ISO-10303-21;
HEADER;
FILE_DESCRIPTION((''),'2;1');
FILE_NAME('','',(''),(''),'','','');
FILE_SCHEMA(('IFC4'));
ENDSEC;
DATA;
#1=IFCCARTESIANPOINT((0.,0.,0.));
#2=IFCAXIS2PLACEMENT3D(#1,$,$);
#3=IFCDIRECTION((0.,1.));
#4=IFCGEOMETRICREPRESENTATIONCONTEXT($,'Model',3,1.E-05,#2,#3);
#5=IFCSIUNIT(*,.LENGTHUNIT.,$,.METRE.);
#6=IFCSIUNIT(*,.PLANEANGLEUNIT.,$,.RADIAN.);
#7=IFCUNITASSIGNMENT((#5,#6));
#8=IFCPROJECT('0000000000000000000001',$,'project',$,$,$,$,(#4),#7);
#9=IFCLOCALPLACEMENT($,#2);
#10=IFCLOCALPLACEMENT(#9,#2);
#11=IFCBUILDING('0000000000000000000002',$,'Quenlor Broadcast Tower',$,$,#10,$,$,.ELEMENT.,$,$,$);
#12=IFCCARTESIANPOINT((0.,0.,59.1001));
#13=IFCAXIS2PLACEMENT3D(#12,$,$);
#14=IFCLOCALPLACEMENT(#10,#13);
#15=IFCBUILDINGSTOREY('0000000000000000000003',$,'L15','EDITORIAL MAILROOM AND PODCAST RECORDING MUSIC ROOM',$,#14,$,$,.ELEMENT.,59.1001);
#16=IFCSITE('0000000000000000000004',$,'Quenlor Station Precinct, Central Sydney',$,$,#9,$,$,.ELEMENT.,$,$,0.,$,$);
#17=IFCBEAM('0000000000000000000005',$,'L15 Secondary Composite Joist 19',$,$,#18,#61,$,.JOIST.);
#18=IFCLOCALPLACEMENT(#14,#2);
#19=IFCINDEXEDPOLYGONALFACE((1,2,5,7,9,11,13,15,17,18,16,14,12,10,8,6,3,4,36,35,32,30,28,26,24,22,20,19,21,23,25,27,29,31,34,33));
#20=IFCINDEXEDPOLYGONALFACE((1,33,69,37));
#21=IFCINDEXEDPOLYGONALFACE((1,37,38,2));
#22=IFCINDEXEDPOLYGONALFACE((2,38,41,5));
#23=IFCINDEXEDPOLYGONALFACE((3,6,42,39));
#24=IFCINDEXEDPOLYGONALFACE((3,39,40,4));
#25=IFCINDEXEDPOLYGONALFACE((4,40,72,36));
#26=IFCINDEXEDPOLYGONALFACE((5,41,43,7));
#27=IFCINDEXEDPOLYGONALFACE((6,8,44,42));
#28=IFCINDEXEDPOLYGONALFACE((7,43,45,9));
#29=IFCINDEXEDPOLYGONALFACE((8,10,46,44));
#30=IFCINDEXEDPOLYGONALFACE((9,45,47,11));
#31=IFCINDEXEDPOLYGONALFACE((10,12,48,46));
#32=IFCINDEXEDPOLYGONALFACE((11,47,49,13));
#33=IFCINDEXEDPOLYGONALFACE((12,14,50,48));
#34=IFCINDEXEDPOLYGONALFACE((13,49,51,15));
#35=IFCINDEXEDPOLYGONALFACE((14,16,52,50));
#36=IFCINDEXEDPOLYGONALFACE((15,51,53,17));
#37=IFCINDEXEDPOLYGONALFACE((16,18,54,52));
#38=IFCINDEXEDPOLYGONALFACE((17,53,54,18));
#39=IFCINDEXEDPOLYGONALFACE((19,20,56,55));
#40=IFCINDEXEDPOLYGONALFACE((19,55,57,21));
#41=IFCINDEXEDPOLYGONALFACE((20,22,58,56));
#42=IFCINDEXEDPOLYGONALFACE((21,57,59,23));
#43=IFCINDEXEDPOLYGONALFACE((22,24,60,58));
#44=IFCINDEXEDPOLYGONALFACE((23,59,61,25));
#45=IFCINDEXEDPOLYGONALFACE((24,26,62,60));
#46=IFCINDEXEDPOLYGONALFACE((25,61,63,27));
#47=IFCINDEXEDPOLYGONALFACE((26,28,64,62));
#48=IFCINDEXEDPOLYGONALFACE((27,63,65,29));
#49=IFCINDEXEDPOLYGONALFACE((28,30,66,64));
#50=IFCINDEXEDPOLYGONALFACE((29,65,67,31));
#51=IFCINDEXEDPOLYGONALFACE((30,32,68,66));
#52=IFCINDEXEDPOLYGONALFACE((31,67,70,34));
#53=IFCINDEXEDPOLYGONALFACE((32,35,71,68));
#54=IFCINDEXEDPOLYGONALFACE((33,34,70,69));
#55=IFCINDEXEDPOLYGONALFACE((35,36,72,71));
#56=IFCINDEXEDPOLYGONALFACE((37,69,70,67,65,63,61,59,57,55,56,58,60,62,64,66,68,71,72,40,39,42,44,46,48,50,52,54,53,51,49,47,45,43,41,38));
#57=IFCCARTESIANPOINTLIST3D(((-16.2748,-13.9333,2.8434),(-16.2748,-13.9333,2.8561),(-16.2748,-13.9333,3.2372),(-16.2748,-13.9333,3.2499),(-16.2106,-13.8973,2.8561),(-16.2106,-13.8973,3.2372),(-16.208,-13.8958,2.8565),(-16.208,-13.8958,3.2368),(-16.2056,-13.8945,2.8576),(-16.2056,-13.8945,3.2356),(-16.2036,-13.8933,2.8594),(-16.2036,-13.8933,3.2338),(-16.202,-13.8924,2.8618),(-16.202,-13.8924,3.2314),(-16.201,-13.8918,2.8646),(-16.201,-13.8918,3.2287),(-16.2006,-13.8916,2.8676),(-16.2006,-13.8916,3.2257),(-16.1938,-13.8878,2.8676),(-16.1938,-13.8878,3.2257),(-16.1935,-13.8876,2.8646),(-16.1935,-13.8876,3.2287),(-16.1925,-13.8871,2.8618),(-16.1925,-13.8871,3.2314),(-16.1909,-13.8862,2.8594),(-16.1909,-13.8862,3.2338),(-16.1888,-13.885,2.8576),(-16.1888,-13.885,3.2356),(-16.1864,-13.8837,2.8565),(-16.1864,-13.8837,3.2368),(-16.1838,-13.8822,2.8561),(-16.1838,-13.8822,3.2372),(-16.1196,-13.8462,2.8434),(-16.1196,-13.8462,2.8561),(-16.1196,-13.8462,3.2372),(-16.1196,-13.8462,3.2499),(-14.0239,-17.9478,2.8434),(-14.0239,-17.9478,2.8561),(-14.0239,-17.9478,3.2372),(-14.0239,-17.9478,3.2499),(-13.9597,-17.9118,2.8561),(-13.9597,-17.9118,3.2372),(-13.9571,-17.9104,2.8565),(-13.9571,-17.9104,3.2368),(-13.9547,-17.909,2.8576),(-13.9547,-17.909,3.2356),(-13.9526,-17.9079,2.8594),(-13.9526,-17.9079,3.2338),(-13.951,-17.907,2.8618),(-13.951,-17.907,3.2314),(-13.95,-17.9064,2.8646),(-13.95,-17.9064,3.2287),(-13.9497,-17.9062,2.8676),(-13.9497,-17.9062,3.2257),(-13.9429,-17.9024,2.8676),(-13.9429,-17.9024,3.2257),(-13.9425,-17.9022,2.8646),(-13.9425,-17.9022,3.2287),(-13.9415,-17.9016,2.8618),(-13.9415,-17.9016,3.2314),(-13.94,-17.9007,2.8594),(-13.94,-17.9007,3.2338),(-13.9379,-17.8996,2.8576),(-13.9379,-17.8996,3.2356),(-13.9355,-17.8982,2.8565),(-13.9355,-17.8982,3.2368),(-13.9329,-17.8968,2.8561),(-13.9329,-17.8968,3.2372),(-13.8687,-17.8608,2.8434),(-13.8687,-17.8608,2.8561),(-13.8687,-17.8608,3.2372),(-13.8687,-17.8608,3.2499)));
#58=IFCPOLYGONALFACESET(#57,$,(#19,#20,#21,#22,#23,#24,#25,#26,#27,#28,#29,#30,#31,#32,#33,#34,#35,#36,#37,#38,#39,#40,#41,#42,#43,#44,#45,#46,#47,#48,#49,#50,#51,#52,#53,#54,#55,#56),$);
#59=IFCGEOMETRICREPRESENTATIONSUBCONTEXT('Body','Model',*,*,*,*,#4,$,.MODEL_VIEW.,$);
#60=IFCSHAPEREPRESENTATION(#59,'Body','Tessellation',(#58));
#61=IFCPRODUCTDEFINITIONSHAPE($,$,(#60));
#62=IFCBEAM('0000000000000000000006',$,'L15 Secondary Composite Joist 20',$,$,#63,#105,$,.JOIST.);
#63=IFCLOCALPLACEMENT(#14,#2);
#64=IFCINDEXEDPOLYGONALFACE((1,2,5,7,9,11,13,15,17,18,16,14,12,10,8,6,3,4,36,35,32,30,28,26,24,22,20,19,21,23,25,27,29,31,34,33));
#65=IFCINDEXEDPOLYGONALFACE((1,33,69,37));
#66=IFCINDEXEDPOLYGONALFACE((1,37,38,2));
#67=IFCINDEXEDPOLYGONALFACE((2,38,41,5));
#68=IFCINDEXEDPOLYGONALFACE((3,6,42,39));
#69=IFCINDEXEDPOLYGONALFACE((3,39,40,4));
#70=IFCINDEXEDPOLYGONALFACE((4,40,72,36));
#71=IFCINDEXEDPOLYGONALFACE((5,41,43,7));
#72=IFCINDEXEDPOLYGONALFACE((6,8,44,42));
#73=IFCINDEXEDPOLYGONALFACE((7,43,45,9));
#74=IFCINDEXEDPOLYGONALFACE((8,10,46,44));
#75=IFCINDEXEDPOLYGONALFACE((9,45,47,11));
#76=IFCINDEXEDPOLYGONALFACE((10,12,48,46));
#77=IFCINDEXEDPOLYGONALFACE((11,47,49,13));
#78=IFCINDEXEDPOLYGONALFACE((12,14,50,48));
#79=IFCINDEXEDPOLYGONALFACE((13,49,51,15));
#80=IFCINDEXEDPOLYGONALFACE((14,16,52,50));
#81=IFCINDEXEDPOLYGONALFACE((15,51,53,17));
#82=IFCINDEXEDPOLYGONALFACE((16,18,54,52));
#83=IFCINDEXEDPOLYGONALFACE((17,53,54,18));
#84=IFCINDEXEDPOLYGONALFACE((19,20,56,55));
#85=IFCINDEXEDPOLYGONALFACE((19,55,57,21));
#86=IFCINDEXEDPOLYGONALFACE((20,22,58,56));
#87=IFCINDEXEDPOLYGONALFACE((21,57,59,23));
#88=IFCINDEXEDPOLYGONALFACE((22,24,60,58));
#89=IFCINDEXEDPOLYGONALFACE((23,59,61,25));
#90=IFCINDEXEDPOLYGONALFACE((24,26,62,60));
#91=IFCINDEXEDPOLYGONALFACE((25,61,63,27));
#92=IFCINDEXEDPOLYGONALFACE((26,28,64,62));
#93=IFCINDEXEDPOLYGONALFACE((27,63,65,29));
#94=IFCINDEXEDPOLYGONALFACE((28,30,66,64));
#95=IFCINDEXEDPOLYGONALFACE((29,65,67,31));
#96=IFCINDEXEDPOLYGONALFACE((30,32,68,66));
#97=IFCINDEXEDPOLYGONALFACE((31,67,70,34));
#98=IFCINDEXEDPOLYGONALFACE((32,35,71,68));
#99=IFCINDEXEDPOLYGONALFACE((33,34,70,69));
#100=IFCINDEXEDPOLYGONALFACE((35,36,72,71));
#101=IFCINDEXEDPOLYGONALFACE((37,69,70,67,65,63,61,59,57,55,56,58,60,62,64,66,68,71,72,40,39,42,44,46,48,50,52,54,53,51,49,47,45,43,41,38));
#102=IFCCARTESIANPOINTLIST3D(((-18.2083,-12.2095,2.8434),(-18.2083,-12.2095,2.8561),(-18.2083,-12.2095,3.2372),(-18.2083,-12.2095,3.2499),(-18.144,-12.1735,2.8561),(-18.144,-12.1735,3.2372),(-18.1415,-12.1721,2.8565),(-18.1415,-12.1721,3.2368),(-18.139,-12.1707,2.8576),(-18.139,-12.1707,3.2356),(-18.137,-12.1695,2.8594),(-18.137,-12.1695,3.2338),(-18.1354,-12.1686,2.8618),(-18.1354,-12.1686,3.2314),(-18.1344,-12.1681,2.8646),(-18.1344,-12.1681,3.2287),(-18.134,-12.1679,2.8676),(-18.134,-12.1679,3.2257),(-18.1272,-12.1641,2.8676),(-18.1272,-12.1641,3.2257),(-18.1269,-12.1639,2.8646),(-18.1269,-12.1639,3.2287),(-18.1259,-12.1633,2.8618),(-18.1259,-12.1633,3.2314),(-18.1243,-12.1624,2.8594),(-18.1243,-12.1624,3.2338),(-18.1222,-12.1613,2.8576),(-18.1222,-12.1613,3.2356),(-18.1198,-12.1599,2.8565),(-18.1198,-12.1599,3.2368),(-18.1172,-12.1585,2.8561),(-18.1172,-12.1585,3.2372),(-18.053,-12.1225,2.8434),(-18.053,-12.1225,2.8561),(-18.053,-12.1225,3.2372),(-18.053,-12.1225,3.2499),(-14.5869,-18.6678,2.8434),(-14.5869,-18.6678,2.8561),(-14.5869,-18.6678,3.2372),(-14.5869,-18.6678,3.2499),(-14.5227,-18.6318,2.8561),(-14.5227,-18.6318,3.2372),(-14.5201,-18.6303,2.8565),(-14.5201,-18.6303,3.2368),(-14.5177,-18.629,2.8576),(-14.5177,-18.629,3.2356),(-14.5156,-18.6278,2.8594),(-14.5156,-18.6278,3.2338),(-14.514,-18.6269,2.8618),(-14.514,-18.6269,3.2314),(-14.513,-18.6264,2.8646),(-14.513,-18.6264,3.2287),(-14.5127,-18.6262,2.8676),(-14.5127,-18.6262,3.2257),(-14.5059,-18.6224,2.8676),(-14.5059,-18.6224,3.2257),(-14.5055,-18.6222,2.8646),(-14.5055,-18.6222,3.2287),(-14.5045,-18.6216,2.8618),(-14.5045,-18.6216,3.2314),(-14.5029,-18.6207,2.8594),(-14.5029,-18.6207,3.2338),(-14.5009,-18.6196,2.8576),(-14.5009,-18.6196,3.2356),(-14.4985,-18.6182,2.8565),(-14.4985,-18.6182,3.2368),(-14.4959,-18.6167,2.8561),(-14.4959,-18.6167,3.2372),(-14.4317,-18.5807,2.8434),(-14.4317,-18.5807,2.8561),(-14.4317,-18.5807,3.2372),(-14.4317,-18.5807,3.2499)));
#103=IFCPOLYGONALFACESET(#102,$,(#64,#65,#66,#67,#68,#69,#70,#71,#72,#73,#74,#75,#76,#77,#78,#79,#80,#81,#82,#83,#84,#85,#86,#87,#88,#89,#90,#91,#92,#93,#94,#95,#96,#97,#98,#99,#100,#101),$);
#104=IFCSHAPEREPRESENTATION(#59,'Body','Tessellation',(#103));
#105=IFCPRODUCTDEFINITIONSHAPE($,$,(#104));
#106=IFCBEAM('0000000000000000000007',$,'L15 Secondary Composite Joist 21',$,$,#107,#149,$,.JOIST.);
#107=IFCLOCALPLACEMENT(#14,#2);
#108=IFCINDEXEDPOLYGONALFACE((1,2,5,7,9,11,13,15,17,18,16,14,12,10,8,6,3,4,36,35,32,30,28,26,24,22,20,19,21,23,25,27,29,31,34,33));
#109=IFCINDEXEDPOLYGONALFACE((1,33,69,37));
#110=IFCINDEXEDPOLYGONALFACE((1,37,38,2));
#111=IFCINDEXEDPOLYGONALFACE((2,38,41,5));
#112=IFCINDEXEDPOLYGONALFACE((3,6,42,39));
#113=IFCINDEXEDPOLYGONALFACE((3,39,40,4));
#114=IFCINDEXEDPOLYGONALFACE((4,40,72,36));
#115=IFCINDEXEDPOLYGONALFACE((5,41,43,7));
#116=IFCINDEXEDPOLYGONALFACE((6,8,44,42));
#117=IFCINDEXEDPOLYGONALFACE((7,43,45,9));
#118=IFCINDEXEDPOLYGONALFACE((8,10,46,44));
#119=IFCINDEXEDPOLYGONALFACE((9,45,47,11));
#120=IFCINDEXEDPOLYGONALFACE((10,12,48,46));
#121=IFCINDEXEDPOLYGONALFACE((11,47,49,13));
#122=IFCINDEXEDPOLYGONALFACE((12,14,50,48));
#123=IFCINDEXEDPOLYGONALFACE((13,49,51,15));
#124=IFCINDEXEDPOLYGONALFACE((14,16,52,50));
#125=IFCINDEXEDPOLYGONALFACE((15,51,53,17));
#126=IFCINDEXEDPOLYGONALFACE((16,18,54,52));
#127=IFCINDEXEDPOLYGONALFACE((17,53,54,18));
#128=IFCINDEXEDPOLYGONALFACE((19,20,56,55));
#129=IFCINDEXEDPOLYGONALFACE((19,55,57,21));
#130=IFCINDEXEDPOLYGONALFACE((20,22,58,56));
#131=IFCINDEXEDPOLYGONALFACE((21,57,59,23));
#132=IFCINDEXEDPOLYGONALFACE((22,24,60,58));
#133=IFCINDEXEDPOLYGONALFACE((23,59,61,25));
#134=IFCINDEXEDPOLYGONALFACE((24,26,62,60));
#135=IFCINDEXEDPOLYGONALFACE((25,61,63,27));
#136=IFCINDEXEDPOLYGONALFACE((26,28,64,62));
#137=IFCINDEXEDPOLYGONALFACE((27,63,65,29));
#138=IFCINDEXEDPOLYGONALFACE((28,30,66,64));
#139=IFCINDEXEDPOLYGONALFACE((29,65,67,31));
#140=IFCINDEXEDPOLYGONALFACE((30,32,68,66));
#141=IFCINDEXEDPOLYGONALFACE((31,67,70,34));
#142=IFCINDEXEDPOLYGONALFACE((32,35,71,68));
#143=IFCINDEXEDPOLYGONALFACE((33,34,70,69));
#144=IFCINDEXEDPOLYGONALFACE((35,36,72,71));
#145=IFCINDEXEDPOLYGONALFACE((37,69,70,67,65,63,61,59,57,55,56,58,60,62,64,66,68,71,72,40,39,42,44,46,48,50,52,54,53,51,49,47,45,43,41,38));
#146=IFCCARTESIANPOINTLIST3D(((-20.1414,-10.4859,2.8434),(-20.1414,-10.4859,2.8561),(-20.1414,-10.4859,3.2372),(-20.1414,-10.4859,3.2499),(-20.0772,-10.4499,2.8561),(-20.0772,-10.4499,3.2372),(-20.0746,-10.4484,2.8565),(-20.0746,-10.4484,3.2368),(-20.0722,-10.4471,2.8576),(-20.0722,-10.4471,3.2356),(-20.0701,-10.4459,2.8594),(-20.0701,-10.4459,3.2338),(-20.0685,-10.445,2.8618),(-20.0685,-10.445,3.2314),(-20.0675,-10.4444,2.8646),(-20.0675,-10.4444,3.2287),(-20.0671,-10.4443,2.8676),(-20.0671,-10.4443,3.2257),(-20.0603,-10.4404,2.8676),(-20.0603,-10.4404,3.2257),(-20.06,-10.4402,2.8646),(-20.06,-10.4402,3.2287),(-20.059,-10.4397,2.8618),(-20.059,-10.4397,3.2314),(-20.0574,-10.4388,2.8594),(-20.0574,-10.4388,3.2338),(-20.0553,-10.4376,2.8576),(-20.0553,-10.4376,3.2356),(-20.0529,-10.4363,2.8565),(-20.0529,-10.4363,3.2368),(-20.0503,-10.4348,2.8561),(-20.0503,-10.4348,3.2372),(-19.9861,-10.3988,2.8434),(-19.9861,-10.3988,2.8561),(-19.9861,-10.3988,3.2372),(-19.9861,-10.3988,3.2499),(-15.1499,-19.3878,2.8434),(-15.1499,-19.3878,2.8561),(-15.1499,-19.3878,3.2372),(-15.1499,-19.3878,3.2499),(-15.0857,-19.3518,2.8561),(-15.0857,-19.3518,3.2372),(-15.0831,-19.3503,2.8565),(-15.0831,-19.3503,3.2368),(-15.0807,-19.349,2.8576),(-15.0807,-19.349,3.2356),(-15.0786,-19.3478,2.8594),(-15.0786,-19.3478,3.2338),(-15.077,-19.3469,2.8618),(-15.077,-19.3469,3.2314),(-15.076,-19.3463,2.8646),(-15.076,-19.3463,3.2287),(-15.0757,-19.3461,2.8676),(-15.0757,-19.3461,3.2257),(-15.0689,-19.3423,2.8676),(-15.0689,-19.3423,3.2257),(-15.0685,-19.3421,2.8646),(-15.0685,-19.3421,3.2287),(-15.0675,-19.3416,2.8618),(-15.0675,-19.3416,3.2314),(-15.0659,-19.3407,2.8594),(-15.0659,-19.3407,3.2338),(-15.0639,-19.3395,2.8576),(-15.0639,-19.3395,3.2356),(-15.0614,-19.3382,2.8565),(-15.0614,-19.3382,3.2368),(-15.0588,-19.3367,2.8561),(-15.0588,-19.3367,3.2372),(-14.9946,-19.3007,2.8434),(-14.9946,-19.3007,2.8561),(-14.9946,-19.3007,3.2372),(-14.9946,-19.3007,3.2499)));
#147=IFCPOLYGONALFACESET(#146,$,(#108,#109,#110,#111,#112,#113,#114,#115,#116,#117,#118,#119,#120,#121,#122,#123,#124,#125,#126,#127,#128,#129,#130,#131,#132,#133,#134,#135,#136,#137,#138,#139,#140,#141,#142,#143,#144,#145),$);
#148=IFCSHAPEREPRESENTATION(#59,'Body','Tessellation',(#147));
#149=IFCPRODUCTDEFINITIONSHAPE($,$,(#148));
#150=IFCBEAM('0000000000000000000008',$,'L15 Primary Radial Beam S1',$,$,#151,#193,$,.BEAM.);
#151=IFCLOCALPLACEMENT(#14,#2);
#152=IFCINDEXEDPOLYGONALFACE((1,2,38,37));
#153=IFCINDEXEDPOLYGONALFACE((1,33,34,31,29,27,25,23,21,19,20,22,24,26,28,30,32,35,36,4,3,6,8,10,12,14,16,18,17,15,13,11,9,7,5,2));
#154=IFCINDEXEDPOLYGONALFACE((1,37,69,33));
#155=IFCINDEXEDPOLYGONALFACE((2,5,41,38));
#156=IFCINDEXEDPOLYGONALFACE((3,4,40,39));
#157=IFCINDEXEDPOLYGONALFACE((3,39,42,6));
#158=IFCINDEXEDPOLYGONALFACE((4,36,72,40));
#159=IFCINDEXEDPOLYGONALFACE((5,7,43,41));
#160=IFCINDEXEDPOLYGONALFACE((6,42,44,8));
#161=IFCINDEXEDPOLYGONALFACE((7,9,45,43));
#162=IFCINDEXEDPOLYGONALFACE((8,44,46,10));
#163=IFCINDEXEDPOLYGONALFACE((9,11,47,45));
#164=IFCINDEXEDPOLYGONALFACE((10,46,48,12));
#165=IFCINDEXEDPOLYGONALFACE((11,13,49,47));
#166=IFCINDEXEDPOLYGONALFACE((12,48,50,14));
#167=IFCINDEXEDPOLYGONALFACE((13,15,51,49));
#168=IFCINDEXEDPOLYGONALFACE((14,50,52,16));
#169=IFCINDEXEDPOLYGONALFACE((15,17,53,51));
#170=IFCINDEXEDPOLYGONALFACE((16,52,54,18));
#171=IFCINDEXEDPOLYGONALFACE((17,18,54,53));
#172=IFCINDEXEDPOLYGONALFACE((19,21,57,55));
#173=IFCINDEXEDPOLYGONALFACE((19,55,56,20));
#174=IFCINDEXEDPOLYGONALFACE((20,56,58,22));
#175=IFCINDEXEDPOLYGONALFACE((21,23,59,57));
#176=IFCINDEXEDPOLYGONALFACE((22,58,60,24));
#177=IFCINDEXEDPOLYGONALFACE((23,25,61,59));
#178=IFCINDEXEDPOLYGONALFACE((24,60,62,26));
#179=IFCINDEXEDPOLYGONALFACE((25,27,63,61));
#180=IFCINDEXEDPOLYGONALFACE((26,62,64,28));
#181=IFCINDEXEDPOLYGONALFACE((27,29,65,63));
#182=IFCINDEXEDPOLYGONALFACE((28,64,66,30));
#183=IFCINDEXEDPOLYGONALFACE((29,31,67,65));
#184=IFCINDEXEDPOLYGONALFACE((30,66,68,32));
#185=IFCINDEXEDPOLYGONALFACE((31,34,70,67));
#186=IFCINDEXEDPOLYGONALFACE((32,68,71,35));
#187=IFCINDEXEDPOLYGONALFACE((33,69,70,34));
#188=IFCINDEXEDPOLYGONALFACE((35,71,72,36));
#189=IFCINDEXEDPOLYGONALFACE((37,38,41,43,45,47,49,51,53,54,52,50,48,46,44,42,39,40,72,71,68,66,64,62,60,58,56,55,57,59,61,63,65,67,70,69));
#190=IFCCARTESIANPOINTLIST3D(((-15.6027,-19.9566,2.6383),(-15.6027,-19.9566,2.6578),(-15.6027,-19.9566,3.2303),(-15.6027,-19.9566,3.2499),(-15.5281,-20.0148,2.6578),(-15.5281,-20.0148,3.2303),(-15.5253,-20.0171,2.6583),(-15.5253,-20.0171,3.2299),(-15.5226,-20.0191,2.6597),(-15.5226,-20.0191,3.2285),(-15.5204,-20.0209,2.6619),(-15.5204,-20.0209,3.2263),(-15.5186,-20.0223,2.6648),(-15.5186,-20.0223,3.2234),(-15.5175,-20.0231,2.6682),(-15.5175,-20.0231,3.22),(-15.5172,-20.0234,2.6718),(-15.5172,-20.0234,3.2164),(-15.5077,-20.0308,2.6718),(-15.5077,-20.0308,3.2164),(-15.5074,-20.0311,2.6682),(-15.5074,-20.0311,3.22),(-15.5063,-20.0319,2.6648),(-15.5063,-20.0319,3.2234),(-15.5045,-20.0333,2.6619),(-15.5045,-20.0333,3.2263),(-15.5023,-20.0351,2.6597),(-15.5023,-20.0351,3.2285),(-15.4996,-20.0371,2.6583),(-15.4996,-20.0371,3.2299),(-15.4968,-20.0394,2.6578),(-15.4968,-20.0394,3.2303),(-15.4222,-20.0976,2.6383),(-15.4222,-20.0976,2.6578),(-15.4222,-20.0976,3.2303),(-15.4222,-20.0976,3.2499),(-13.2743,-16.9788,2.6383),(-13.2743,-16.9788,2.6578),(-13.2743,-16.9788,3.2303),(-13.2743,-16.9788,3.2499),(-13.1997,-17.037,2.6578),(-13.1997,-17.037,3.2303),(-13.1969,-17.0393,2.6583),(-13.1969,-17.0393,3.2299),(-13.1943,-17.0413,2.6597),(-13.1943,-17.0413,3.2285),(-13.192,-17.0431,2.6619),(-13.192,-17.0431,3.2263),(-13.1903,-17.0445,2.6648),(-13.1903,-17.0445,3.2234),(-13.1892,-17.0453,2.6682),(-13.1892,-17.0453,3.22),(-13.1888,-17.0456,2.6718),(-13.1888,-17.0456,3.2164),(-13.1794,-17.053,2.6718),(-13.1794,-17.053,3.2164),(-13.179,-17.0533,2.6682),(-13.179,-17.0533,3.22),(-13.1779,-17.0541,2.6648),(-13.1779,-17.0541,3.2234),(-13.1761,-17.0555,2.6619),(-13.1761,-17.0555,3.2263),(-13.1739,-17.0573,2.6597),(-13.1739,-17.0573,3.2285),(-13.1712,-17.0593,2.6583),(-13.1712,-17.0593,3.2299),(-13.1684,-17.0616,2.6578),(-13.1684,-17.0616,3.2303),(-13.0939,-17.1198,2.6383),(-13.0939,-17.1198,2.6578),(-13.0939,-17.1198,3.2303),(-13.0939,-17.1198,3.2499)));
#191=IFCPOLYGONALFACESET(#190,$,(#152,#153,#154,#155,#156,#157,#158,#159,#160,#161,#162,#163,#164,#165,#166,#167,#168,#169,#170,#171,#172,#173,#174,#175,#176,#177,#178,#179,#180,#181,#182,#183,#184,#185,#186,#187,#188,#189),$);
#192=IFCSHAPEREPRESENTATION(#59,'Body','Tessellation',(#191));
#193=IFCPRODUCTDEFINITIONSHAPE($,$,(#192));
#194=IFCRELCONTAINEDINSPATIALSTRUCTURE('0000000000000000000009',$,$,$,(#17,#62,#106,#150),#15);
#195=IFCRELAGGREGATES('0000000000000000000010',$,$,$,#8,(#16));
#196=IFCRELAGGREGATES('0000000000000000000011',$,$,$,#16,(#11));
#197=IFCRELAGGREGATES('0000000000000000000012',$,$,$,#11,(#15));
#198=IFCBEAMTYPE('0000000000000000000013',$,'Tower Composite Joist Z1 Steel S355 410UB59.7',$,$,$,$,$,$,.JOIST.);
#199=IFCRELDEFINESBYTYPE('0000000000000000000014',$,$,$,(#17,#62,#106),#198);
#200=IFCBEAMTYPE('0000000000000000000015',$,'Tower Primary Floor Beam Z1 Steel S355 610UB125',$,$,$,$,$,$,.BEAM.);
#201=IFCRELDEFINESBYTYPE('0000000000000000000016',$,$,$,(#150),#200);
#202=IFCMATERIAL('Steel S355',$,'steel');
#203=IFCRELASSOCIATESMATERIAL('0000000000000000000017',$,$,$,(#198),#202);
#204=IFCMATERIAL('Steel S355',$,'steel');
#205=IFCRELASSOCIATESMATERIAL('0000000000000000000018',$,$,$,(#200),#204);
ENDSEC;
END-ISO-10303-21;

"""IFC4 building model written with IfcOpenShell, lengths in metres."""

from ifc_helpers import new_model, si_unit, direction, frame, origin, origin_2d, place, context, subcontext, project, spatial, i_section, extrude, material, material_profile, profile_set, type_object, element, save


model = new_model("IFC4")

# Units and contexts
model_context = context("Model", 3, precision=1e-05, world=origin(), true_north=direction((0.0, 1.0)))
body_context = subcontext(model_context, "Body", "Model", "MODEL_VIEW")
ifc_project = project(units=[si_unit("LENGTHUNIT", "METRE"), si_unit("PLANEANGLEUNIT", "RADIAN")], contexts=[model_context])

# Site, building, storey
site_placement = place(None, origin())
site = spatial("IfcSite", under=ifc_project, at=site_placement, Name="Quenlor Station Precinct, Central Sydney", CompositionType="ELEMENT", RefElevation=0.0)
building_placement = place(site_placement, origin())
building = spatial("IfcBuilding", under=site, at=building_placement, Name="Quenlor Broadcast Tower", CompositionType="ELEMENT")
storey_placement = place(building_placement, frame((0.0, 0.0, 59.1001)))
storey = spatial("IfcBuildingStorey", under=building, at=storey_placement, Name="L15", Description="EDITORIAL MAILROOM AND PODCAST RECORDING MUSIC ROOM", CompositionType="ELEMENT", Elevation=59.1001)

# Beams
ifc_material_1 = material(Name="Steel S355", Category="steel")
ifc_material_profile_1 = material_profile(ifc_material_1, i_section(OverallWidth=0.178, OverallDepth=0.4065, WebThickness=0.0078, FlangeThickness=0.0127, FilletRadius=0.0115, at=origin_2d()))
ifc_profile_set_1 = profile_set([ifc_material_profile_1], Name="Steel S355 410UB59.7")
beam_type_1 = type_object("IfcBeamType", Name="Tower Composite Joist Z1 Steel S355 410UB59.7", PredefinedType="JOIST", material=ifc_profile_set_1)
beam_1_placement = place(storey_placement, frame((-13.9463, -17.9043, 3.0466), z_axis=(-0.489062, 0.872249, 0.0), x_axis=(-0.872249, -0.489062, 0.0)))
element("IfcBeam", 1, at=beam_1_placement, inside=storey, type_object=beam_type_1, Name="L15 Secondary Composite Joist 19", PredefinedType="JOIST", context=body_context, shape_type="SweptSolid", body=[
    extrude(i_section(OverallWidth=0.178, OverallDepth=0.4065, WebThickness=0.0078, FlangeThickness=0.0127, FilletRadius=0.0115, at=origin_2d()), origin(), (0.0, 0.0, 1.0), 4.6025),
])
beam_2_placement = place(storey_placement, frame((-14.5093, -18.6243, 3.0466), z_axis=(-0.489088, 0.872234, 0.0), x_axis=(-0.872234, -0.489088, 0.0)))
element("IfcBeam", 2, at=beam_2_placement, inside=storey, type_object=beam_type_1, Name="L15 Secondary Composite Joist 20", PredefinedType="JOIST", context=body_context, shape_type="SweptSolid", body=[
    extrude(i_section(OverallWidth=0.178, OverallDepth=0.4065, WebThickness=0.0078, FlangeThickness=0.0127, FilletRadius=0.0115, at=origin_2d()), origin(), (0.0, 0.0, 1.0), 7.4043),
])
beam_3_placement = place(storey_placement, frame((-15.0723, -19.3442, 3.0466), z_axis=(-0.489082, 0.872238, 0.0), x_axis=(-0.872238, -0.489082, 0.0)))
element("IfcBeam", 3, at=beam_3_placement, inside=storey, type_object=beam_type_1, Name="L15 Secondary Composite Joist 21", PredefinedType="JOIST", context=body_context, shape_type="SweptSolid", body=[
    extrude(i_section(OverallWidth=0.178, OverallDepth=0.4065, WebThickness=0.0078, FlangeThickness=0.0127, FilletRadius=0.0115, at=origin_2d()), origin(), (0.0, 0.0, 1.0), 10.2058),
])
ifc_material_2 = material(Name="Steel S355", Category="steel")
ifc_material_profile_2 = material_profile(ifc_material_2, i_section(OverallWidth=0.229, OverallDepth=0.6116, WebThickness=0.012, FlangeThickness=0.0195, FilletRadius=0.0139, at=origin_2d()))
ifc_profile_set_2 = profile_set([ifc_material_profile_2], Name="Steel S355 610UB125")
beam_type_2 = type_object("IfcBeamType", Name="Tower Primary Floor Beam Z1 Steel S355 610UB125", PredefinedType="BEAM", material=ifc_profile_set_2)
beam_4_placement = place(storey_placement, frame((-15.5125, -20.0271, 2.9441), z_axis=(0.615969, 0.787771, 0.0), x_axis=(-0.787771, 0.615969, 0.0)))
element("IfcBeam", 4, at=beam_4_placement, inside=storey, type_object=beam_type_2, Name="L15 Primary Radial Beam S1", PredefinedType="BEAM", context=body_context, shape_type="SweptSolid", body=[
    extrude(i_section(OverallWidth=0.229, OverallDepth=0.6116, WebThickness=0.012, FlangeThickness=0.0195, FilletRadius=0.0139, at=origin_2d()), origin(), (0.0, 0.0, 1.0), 3.78),
])

save(model, "model.ifc")
